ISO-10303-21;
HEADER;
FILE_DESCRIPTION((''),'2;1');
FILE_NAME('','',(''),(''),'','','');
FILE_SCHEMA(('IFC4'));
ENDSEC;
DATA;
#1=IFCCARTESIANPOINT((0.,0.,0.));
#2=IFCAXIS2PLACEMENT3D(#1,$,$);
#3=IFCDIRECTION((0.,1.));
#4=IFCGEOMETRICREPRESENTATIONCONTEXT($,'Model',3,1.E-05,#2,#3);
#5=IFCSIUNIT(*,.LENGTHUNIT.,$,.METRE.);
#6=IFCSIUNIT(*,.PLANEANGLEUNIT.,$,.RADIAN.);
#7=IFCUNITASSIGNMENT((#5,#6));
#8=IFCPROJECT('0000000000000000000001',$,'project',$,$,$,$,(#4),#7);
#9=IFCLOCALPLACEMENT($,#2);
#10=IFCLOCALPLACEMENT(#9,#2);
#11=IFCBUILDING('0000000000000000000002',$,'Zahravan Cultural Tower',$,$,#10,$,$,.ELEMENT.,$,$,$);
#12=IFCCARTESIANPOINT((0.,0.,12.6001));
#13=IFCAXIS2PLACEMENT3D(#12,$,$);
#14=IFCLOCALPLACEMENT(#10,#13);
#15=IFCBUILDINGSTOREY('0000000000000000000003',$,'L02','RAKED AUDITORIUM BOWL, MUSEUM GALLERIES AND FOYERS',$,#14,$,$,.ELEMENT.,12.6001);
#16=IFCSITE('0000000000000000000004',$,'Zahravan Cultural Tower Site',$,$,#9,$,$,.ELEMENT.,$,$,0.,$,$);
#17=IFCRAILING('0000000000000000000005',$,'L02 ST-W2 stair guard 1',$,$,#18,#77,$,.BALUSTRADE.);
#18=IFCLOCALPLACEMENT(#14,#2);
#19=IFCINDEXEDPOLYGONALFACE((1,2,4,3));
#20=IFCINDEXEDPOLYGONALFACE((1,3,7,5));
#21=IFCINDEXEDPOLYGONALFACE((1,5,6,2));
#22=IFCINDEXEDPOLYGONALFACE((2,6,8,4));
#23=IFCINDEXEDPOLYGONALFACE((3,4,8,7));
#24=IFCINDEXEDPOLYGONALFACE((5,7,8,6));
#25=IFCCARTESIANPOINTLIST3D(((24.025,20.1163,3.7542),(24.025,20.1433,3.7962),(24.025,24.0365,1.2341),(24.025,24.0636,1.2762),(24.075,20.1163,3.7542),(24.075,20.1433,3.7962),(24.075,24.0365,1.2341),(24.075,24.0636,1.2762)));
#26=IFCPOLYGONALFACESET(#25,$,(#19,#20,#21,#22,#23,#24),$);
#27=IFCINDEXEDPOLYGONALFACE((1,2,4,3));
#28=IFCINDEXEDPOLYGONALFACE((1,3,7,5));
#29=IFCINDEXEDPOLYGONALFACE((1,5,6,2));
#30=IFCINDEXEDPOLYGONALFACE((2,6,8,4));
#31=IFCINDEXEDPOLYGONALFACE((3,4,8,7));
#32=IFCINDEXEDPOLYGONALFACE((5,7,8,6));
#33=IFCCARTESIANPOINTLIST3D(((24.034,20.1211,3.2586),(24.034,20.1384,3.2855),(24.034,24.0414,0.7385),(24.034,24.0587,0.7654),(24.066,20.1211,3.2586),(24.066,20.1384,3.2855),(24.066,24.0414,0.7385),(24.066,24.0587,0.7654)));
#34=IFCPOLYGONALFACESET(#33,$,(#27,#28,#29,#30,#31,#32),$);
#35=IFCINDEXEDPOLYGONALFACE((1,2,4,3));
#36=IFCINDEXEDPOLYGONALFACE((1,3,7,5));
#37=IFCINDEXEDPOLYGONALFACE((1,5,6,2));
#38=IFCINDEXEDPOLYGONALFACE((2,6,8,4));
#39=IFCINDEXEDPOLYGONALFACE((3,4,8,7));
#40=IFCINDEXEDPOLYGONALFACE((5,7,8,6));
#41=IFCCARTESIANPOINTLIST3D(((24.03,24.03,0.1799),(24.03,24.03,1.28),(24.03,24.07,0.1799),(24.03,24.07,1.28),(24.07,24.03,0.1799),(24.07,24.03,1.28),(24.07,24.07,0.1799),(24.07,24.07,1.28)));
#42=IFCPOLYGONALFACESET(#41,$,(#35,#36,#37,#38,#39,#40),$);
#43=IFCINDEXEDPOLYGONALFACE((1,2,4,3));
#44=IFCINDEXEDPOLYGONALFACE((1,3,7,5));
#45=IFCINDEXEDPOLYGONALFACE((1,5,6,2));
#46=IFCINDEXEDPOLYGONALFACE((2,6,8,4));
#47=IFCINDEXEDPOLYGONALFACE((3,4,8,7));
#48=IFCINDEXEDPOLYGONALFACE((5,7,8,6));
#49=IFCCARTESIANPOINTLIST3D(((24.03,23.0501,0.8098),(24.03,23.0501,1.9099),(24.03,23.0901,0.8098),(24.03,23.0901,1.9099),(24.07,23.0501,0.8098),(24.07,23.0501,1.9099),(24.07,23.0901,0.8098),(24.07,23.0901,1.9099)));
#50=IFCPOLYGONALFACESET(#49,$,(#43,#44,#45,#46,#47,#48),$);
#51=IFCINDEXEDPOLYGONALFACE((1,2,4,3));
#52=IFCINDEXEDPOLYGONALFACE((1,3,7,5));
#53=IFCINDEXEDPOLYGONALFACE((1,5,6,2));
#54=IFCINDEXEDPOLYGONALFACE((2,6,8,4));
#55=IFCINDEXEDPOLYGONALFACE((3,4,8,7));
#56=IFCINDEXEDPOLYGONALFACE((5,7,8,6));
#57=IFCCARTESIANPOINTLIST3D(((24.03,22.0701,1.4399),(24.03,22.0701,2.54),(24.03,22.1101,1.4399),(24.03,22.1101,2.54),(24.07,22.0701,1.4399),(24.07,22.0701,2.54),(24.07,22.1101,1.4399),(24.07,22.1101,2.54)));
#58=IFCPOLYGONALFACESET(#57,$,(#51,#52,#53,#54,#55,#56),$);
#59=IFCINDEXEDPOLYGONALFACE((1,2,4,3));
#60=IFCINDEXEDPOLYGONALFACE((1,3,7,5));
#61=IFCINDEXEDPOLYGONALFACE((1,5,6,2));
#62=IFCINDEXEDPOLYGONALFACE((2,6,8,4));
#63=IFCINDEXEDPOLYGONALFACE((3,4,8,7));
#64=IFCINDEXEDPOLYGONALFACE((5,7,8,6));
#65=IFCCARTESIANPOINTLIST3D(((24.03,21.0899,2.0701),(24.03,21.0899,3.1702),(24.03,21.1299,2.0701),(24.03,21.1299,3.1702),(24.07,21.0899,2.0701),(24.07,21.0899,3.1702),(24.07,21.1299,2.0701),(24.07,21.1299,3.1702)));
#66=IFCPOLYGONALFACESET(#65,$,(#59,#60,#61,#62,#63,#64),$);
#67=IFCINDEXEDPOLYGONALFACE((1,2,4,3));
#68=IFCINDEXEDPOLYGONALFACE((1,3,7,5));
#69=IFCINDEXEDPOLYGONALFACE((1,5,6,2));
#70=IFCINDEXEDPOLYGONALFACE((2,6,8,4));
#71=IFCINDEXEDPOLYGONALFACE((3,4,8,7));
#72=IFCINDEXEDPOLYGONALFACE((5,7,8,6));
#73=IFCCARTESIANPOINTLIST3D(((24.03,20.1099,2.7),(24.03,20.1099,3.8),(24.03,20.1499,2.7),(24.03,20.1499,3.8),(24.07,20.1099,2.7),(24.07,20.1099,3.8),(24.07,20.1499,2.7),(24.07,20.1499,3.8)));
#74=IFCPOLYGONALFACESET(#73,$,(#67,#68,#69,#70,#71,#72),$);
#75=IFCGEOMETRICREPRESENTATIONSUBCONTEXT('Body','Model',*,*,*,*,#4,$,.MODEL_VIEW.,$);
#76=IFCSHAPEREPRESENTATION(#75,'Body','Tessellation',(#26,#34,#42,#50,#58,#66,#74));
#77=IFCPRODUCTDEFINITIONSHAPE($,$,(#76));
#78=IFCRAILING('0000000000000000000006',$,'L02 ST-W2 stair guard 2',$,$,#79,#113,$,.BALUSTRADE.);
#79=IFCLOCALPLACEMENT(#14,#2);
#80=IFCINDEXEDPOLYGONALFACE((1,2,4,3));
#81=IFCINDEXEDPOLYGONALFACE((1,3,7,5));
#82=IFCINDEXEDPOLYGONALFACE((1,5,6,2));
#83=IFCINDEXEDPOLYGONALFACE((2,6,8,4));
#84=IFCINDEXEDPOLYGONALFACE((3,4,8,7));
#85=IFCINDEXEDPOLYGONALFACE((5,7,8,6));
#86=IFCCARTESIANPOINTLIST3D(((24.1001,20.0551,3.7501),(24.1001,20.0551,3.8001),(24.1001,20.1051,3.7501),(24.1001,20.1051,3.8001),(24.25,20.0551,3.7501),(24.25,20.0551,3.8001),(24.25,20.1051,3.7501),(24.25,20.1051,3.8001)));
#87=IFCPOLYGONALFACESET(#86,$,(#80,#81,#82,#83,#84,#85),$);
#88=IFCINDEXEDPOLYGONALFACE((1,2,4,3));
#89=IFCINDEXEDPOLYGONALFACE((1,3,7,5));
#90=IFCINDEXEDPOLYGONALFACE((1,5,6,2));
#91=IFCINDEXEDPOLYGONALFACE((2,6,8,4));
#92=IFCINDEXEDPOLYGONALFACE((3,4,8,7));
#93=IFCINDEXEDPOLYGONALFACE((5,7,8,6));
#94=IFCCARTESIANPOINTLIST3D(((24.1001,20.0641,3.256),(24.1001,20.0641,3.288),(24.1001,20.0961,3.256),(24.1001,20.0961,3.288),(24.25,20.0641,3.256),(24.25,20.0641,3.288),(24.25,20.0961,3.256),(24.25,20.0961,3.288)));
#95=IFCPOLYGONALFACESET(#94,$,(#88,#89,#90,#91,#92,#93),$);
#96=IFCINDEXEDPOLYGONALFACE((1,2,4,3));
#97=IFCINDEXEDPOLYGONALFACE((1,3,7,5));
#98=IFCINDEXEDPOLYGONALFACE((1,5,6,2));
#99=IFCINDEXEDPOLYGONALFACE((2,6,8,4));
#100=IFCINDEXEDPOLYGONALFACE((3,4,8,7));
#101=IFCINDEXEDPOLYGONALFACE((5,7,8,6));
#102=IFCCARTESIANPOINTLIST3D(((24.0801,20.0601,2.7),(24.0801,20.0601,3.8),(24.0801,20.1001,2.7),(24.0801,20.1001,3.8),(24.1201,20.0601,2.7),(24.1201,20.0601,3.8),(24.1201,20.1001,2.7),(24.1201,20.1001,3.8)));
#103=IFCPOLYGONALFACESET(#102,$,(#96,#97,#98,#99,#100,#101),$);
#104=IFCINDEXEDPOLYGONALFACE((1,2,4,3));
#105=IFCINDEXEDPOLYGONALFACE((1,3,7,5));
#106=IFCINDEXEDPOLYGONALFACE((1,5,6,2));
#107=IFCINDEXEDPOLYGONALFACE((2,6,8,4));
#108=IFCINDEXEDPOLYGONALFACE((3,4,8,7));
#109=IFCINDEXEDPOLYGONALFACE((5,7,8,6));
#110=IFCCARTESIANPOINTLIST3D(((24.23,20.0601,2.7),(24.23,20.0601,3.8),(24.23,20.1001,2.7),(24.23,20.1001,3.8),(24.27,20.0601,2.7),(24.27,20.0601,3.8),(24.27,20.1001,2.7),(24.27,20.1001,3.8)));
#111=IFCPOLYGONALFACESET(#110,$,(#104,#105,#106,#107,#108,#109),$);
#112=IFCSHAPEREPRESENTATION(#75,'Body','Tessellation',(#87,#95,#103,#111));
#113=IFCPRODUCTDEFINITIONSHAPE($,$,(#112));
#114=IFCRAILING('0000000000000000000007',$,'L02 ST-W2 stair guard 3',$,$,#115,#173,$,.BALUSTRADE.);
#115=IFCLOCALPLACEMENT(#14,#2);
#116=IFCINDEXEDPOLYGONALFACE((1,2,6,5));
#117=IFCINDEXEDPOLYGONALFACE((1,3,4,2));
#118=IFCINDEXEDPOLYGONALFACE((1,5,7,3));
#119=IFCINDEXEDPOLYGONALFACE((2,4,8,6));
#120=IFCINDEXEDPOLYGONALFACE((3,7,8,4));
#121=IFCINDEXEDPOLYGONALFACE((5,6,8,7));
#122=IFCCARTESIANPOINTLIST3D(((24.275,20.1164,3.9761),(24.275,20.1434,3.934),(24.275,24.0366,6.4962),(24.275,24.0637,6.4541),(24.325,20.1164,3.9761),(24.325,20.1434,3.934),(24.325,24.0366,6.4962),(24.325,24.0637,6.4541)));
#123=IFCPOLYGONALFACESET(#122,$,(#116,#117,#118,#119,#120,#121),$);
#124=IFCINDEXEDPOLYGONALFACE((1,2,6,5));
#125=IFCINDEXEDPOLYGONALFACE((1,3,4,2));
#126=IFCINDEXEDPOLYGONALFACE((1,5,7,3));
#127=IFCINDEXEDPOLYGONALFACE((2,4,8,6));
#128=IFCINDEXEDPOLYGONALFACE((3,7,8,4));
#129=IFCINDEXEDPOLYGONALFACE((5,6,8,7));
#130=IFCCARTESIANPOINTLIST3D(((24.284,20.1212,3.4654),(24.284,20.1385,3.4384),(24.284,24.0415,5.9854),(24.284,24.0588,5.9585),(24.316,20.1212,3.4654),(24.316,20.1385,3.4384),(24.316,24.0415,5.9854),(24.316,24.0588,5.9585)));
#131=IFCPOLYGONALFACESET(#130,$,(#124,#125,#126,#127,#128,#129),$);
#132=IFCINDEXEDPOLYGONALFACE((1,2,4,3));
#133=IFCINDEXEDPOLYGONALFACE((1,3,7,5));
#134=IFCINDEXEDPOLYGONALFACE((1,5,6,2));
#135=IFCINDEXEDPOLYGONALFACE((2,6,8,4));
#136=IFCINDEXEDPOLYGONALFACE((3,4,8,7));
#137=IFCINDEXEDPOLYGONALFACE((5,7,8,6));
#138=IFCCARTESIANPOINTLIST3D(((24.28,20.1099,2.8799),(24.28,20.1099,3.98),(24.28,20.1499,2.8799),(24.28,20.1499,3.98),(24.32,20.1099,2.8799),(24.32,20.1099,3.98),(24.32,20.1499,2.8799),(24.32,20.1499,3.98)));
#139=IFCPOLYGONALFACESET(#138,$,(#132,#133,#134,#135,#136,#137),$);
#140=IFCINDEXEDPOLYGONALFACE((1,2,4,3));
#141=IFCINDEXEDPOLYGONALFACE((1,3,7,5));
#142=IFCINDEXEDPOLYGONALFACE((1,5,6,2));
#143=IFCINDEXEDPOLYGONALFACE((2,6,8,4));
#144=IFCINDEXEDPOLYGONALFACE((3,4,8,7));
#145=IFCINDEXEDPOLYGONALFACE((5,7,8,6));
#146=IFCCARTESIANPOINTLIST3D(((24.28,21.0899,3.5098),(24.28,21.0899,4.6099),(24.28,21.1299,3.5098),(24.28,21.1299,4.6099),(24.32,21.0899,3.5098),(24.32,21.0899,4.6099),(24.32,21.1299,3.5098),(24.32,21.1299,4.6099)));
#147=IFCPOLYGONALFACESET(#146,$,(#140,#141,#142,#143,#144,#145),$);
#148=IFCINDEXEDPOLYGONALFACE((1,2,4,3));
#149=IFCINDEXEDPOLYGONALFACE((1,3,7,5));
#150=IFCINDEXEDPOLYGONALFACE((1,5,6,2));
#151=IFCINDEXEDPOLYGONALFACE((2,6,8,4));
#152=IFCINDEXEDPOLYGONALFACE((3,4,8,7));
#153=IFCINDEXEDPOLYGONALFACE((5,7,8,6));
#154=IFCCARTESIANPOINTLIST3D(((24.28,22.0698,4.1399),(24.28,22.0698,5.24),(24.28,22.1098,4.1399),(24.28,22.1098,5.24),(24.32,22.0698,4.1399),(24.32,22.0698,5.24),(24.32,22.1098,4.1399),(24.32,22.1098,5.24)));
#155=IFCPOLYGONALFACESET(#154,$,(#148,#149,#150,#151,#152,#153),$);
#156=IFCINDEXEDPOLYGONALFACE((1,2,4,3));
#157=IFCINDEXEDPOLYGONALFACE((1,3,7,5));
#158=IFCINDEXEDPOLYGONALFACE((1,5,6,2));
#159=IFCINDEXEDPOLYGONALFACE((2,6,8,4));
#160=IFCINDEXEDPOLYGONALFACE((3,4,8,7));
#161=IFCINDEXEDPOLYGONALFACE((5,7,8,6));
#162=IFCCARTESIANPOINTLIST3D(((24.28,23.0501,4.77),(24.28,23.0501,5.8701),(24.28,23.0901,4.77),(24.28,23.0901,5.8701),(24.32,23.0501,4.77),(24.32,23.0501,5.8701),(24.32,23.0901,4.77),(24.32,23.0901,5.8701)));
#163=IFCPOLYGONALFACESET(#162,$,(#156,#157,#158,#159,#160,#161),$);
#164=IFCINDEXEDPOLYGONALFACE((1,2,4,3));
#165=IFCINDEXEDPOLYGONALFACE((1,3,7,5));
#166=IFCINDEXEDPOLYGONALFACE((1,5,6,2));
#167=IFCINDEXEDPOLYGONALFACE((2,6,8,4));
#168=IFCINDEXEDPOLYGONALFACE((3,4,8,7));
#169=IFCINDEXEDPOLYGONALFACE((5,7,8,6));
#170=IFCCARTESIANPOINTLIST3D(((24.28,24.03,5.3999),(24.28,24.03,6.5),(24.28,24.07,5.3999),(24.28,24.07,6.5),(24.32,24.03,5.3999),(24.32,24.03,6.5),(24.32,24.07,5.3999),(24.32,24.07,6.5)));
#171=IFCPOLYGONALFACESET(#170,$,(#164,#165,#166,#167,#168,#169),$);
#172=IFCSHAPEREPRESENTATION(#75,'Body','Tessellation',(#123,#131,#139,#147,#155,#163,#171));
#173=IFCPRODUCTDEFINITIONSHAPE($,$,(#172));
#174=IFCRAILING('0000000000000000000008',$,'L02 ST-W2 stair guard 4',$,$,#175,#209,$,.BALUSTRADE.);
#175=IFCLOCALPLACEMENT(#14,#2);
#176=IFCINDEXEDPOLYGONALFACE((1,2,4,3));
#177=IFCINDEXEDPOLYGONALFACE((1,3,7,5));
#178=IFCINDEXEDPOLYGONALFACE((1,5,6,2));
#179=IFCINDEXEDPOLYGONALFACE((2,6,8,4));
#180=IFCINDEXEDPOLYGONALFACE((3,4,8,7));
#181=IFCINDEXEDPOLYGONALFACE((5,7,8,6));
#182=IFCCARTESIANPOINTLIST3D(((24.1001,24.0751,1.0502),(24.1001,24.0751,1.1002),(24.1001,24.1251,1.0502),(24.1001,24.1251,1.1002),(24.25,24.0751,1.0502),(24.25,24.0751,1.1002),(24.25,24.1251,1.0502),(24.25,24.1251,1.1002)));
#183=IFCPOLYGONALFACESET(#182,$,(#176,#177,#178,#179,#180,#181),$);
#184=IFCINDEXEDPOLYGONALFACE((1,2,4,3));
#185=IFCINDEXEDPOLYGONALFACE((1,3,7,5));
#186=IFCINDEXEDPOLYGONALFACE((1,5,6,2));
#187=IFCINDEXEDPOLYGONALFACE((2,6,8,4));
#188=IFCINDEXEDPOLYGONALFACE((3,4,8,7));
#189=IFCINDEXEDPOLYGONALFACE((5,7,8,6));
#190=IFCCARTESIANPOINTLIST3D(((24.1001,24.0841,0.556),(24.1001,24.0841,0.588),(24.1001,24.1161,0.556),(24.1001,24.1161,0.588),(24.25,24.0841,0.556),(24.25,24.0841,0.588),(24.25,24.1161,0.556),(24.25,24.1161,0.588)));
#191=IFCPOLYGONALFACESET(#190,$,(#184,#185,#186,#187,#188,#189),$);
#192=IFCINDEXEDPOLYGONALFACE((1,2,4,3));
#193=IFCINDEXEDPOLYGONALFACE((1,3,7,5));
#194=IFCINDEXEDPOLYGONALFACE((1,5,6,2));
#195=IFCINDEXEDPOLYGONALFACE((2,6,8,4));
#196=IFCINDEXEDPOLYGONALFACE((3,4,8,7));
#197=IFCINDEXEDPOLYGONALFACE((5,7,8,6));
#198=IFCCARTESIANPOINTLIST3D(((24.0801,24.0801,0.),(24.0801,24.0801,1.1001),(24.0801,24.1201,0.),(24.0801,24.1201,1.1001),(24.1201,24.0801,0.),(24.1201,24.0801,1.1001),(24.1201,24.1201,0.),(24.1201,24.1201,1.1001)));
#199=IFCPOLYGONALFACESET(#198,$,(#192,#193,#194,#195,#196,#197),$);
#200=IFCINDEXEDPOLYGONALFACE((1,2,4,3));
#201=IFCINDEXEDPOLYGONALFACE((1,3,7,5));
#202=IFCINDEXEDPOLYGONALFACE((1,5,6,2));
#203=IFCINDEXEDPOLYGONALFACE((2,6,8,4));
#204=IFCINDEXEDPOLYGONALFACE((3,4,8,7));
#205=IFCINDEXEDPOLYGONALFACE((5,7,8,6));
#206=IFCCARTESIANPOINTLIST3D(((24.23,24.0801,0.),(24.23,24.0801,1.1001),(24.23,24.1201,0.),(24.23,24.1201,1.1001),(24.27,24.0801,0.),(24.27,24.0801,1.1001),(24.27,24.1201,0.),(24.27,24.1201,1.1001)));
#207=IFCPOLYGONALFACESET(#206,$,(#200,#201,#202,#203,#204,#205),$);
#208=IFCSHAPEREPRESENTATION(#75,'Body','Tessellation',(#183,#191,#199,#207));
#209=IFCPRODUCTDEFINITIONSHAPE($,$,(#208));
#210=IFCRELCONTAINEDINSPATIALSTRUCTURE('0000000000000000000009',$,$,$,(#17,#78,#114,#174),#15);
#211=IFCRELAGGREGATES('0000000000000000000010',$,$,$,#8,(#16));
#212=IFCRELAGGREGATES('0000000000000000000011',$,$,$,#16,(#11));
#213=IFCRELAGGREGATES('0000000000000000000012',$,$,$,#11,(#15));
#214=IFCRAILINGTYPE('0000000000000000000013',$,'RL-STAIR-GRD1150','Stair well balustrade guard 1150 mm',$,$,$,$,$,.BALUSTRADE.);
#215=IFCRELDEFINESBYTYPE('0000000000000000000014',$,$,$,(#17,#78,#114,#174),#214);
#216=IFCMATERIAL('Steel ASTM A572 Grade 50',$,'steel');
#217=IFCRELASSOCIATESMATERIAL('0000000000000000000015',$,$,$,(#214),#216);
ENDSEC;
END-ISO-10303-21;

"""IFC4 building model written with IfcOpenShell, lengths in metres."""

from ifc_helpers import new_model, si_unit, direction, frame, origin, origin_2d, place, context, subcontext, project, spatial, rectangle, extrude, material, type_object, element, save


model = new_model("IFC4")

# Units and contexts
model_context = context("Model", 3, precision=1e-05, world=origin(), true_north=direction((0.0, 1.0)))
body_context = subcontext(model_context, "Body", "Model", "MODEL_VIEW")
ifc_project = project(units=[si_unit("LENGTHUNIT", "METRE"), si_unit("PLANEANGLEUNIT", "RADIAN")], contexts=[model_context])

# Site, building, storey
site_placement = place(None, origin())
site = spatial("IfcSite", under=ifc_project, at=site_placement, Name="Zahravan Cultural Tower Site", CompositionType="ELEMENT", RefElevation=0.0)
building_placement = place(site_placement, origin())
building = spatial("IfcBuilding", under=site, at=building_placement, Name="Zahravan Cultural Tower", CompositionType="ELEMENT")
storey_placement = place(building_placement, frame((0.0, 0.0, 12.6001)))
storey = spatial("IfcBuildingStorey", under=building, at=storey_placement, Name="L02", Description="RAKED AUDITORIUM BOWL, MUSEUM GALLERIES AND FOYERS", CompositionType="ELEMENT", Elevation=12.6001)

# Railings
ifc_material_1 = material(Name="Steel ASTM A572 Grade 50", Category="steel")
railing_type_1 = type_object("IfcRailingType", Name="RL-STAIR-GRD1150", Description="Stair well balustrade guard 1150 mm", PredefinedType="BALUSTRADE", material=ifc_material_1)
railing_1_placement = place(storey_placement, frame((24.05, 24.05, 0.1799)))
element("IfcRailing", 1, at=railing_1_placement, inside=storey, type_object=railing_type_1, Name="L02 ST-W2 stair guard 1", PredefinedType="BALUSTRADE", context=body_context, shape_type="SweptSolid", body=[
    extrude(rectangle(XDim=0.05, YDim=0.05, at=origin_2d()), frame((0.0, 0.0, 1.0752), z_axis=(0.0, -0.841187, 0.540744), x_axis=(1.0, 0.0, 0.0)), (0.0, 0.0, 1.0), 4.6604),
    extrude(rectangle(XDim=0.032, YDim=0.032, at=origin_2d()), frame((0.0, 0.0, 0.572), z_axis=(0.0, -0.841187, 0.540744), x_axis=(1.0, 0.0, 0.0)), (0.0, 0.0, 1.0), 4.6604),
    extrude(rectangle(XDim=0.04, YDim=0.04, at=origin_2d()), origin(), (0.0, 0.0, 1.0), 1.1001),
    extrude(rectangle(XDim=0.04, YDim=0.04, at=origin_2d()), frame((0.0, -0.98, 0.6299)), (0.0, 0.0, 1.0), 1.1001),
    extrude(rectangle(XDim=0.04, YDim=0.04, at=origin_2d()), frame((0.0, -1.96, 1.26)), (0.0, 0.0, 1.0), 1.1001),
    extrude(rectangle(XDim=0.04, YDim=0.04, at=origin_2d()), frame((0.0, -2.9402, 1.8901)), (0.0, 0.0, 1.0), 1.1001),
    extrude(rectangle(XDim=0.04, YDim=0.04, at=origin_2d()), frame((0.0, -3.9202, 2.52)), (0.0, 0.0, 1.0), 1.1001),
])
railing_2_placement = place(storey_placement, frame((24.1001, 20.0801, 2.7)))
element("IfcRailing", 2, at=railing_2_placement, inside=storey, type_object=railing_type_1, Name="L02 ST-W2 stair guard 2", PredefinedType="BALUSTRADE", context=body_context, shape_type="SweptSolid", body=[
    extrude(rectangle(XDim=0.05, YDim=0.05, at=origin_2d()), frame((0.0, 0.0, 1.0752), z_axis=(1.0, 0.0, 0.0), x_axis=(0.0, 1.0, 0.0)), (0.0, 0.0, 1.0), 0.1499),
    extrude(rectangle(XDim=0.032, YDim=0.032, at=origin_2d()), frame((0.0, 0.0, 0.572), z_axis=(1.0, 0.0, 0.0), x_axis=(0.0, 1.0, 0.0)), (0.0, 0.0, 1.0), 0.1499),
    extrude(rectangle(XDim=0.04, YDim=0.04, at=origin_2d()), origin(), (0.0, 0.0, 1.0), 1.1001),
    extrude(rectangle(XDim=0.04, YDim=0.04, at=origin_2d()), frame((0.1499, 0.0, 0.0)), (0.0, 0.0, 1.0), 1.1001),
])
railing_3_placement = place(storey_placement, frame((24.3, 20.1299, 2.8799)))
element("IfcRailing", 3, at=railing_3_placement, inside=storey, type_object=railing_type_1, Name="L02 ST-W2 stair guard 3", PredefinedType="BALUSTRADE", context=body_context, shape_type="SweptSolid", body=[
    extrude(rectangle(XDim=0.05, YDim=0.05, at=origin_2d()), frame((0.0, 0.0, 1.0752), z_axis=(0.0, 0.841187, 0.540744), x_axis=(-1.0, 0.0, 0.0)), (0.0, 0.0, 1.0), 4.6604),
    extrude(rectangle(XDim=0.032, YDim=0.032, at=origin_2d()), frame((0.0, 0.0, 0.572), z_axis=(0.0, 0.841187, 0.540744), x_axis=(-1.0, 0.0, 0.0)), (0.0, 0.0, 1.0), 4.6604),
    extrude(rectangle(XDim=0.04, YDim=0.04, at=origin_2d()), origin(), (0.0, 0.0, 1.0), 1.1001),
    extrude(rectangle(XDim=0.04, YDim=0.04, at=origin_2d()), frame((0.0, 0.98, 0.6299)), (0.0, 0.0, 1.0), 1.1001),
    extrude(rectangle(XDim=0.04, YDim=0.04, at=origin_2d()), frame((0.0, 1.96, 1.26)), (0.0, 0.0, 1.0), 1.1001),
    extrude(rectangle(XDim=0.04, YDim=0.04, at=origin_2d()), frame((0.0, 2.9402, 1.8901)), (0.0, 0.0, 1.0), 1.1001),
    extrude(rectangle(XDim=0.04, YDim=0.04, at=origin_2d()), frame((0.0, 3.9202, 2.52)), (0.0, 0.0, 1.0), 1.1001),
])
railing_4_placement = place(storey_placement, frame((24.1001, 24.1001, 0.0)))
element("IfcRailing", 4, at=railing_4_placement, inside=storey, type_object=railing_type_1, Name="L02 ST-W2 stair guard 4", PredefinedType="BALUSTRADE", context=body_context, shape_type="SweptSolid", body=[
    extrude(rectangle(XDim=0.05, YDim=0.05, at=origin_2d()), frame((0.0, 0.0, 1.0752), z_axis=(1.0, 0.0, 0.0), x_axis=(0.0, 1.0, 0.0)), (0.0, 0.0, 1.0), 0.1499),
    extrude(rectangle(XDim=0.032, YDim=0.032, at=origin_2d()), frame((0.0, 0.0, 0.572), z_axis=(1.0, 0.0, 0.0), x_axis=(0.0, 1.0, 0.0)), (0.0, 0.0, 1.0), 0.1499),
    extrude(rectangle(XDim=0.04, YDim=0.04, at=origin_2d()), origin(), (0.0, 0.0, 1.0), 1.1001),
    extrude(rectangle(XDim=0.04, YDim=0.04, at=origin_2d()), frame((0.1499, 0.0, 0.0)), (0.0, 0.0, 1.0), 1.1001),
])

save(model, "model.ifc")
